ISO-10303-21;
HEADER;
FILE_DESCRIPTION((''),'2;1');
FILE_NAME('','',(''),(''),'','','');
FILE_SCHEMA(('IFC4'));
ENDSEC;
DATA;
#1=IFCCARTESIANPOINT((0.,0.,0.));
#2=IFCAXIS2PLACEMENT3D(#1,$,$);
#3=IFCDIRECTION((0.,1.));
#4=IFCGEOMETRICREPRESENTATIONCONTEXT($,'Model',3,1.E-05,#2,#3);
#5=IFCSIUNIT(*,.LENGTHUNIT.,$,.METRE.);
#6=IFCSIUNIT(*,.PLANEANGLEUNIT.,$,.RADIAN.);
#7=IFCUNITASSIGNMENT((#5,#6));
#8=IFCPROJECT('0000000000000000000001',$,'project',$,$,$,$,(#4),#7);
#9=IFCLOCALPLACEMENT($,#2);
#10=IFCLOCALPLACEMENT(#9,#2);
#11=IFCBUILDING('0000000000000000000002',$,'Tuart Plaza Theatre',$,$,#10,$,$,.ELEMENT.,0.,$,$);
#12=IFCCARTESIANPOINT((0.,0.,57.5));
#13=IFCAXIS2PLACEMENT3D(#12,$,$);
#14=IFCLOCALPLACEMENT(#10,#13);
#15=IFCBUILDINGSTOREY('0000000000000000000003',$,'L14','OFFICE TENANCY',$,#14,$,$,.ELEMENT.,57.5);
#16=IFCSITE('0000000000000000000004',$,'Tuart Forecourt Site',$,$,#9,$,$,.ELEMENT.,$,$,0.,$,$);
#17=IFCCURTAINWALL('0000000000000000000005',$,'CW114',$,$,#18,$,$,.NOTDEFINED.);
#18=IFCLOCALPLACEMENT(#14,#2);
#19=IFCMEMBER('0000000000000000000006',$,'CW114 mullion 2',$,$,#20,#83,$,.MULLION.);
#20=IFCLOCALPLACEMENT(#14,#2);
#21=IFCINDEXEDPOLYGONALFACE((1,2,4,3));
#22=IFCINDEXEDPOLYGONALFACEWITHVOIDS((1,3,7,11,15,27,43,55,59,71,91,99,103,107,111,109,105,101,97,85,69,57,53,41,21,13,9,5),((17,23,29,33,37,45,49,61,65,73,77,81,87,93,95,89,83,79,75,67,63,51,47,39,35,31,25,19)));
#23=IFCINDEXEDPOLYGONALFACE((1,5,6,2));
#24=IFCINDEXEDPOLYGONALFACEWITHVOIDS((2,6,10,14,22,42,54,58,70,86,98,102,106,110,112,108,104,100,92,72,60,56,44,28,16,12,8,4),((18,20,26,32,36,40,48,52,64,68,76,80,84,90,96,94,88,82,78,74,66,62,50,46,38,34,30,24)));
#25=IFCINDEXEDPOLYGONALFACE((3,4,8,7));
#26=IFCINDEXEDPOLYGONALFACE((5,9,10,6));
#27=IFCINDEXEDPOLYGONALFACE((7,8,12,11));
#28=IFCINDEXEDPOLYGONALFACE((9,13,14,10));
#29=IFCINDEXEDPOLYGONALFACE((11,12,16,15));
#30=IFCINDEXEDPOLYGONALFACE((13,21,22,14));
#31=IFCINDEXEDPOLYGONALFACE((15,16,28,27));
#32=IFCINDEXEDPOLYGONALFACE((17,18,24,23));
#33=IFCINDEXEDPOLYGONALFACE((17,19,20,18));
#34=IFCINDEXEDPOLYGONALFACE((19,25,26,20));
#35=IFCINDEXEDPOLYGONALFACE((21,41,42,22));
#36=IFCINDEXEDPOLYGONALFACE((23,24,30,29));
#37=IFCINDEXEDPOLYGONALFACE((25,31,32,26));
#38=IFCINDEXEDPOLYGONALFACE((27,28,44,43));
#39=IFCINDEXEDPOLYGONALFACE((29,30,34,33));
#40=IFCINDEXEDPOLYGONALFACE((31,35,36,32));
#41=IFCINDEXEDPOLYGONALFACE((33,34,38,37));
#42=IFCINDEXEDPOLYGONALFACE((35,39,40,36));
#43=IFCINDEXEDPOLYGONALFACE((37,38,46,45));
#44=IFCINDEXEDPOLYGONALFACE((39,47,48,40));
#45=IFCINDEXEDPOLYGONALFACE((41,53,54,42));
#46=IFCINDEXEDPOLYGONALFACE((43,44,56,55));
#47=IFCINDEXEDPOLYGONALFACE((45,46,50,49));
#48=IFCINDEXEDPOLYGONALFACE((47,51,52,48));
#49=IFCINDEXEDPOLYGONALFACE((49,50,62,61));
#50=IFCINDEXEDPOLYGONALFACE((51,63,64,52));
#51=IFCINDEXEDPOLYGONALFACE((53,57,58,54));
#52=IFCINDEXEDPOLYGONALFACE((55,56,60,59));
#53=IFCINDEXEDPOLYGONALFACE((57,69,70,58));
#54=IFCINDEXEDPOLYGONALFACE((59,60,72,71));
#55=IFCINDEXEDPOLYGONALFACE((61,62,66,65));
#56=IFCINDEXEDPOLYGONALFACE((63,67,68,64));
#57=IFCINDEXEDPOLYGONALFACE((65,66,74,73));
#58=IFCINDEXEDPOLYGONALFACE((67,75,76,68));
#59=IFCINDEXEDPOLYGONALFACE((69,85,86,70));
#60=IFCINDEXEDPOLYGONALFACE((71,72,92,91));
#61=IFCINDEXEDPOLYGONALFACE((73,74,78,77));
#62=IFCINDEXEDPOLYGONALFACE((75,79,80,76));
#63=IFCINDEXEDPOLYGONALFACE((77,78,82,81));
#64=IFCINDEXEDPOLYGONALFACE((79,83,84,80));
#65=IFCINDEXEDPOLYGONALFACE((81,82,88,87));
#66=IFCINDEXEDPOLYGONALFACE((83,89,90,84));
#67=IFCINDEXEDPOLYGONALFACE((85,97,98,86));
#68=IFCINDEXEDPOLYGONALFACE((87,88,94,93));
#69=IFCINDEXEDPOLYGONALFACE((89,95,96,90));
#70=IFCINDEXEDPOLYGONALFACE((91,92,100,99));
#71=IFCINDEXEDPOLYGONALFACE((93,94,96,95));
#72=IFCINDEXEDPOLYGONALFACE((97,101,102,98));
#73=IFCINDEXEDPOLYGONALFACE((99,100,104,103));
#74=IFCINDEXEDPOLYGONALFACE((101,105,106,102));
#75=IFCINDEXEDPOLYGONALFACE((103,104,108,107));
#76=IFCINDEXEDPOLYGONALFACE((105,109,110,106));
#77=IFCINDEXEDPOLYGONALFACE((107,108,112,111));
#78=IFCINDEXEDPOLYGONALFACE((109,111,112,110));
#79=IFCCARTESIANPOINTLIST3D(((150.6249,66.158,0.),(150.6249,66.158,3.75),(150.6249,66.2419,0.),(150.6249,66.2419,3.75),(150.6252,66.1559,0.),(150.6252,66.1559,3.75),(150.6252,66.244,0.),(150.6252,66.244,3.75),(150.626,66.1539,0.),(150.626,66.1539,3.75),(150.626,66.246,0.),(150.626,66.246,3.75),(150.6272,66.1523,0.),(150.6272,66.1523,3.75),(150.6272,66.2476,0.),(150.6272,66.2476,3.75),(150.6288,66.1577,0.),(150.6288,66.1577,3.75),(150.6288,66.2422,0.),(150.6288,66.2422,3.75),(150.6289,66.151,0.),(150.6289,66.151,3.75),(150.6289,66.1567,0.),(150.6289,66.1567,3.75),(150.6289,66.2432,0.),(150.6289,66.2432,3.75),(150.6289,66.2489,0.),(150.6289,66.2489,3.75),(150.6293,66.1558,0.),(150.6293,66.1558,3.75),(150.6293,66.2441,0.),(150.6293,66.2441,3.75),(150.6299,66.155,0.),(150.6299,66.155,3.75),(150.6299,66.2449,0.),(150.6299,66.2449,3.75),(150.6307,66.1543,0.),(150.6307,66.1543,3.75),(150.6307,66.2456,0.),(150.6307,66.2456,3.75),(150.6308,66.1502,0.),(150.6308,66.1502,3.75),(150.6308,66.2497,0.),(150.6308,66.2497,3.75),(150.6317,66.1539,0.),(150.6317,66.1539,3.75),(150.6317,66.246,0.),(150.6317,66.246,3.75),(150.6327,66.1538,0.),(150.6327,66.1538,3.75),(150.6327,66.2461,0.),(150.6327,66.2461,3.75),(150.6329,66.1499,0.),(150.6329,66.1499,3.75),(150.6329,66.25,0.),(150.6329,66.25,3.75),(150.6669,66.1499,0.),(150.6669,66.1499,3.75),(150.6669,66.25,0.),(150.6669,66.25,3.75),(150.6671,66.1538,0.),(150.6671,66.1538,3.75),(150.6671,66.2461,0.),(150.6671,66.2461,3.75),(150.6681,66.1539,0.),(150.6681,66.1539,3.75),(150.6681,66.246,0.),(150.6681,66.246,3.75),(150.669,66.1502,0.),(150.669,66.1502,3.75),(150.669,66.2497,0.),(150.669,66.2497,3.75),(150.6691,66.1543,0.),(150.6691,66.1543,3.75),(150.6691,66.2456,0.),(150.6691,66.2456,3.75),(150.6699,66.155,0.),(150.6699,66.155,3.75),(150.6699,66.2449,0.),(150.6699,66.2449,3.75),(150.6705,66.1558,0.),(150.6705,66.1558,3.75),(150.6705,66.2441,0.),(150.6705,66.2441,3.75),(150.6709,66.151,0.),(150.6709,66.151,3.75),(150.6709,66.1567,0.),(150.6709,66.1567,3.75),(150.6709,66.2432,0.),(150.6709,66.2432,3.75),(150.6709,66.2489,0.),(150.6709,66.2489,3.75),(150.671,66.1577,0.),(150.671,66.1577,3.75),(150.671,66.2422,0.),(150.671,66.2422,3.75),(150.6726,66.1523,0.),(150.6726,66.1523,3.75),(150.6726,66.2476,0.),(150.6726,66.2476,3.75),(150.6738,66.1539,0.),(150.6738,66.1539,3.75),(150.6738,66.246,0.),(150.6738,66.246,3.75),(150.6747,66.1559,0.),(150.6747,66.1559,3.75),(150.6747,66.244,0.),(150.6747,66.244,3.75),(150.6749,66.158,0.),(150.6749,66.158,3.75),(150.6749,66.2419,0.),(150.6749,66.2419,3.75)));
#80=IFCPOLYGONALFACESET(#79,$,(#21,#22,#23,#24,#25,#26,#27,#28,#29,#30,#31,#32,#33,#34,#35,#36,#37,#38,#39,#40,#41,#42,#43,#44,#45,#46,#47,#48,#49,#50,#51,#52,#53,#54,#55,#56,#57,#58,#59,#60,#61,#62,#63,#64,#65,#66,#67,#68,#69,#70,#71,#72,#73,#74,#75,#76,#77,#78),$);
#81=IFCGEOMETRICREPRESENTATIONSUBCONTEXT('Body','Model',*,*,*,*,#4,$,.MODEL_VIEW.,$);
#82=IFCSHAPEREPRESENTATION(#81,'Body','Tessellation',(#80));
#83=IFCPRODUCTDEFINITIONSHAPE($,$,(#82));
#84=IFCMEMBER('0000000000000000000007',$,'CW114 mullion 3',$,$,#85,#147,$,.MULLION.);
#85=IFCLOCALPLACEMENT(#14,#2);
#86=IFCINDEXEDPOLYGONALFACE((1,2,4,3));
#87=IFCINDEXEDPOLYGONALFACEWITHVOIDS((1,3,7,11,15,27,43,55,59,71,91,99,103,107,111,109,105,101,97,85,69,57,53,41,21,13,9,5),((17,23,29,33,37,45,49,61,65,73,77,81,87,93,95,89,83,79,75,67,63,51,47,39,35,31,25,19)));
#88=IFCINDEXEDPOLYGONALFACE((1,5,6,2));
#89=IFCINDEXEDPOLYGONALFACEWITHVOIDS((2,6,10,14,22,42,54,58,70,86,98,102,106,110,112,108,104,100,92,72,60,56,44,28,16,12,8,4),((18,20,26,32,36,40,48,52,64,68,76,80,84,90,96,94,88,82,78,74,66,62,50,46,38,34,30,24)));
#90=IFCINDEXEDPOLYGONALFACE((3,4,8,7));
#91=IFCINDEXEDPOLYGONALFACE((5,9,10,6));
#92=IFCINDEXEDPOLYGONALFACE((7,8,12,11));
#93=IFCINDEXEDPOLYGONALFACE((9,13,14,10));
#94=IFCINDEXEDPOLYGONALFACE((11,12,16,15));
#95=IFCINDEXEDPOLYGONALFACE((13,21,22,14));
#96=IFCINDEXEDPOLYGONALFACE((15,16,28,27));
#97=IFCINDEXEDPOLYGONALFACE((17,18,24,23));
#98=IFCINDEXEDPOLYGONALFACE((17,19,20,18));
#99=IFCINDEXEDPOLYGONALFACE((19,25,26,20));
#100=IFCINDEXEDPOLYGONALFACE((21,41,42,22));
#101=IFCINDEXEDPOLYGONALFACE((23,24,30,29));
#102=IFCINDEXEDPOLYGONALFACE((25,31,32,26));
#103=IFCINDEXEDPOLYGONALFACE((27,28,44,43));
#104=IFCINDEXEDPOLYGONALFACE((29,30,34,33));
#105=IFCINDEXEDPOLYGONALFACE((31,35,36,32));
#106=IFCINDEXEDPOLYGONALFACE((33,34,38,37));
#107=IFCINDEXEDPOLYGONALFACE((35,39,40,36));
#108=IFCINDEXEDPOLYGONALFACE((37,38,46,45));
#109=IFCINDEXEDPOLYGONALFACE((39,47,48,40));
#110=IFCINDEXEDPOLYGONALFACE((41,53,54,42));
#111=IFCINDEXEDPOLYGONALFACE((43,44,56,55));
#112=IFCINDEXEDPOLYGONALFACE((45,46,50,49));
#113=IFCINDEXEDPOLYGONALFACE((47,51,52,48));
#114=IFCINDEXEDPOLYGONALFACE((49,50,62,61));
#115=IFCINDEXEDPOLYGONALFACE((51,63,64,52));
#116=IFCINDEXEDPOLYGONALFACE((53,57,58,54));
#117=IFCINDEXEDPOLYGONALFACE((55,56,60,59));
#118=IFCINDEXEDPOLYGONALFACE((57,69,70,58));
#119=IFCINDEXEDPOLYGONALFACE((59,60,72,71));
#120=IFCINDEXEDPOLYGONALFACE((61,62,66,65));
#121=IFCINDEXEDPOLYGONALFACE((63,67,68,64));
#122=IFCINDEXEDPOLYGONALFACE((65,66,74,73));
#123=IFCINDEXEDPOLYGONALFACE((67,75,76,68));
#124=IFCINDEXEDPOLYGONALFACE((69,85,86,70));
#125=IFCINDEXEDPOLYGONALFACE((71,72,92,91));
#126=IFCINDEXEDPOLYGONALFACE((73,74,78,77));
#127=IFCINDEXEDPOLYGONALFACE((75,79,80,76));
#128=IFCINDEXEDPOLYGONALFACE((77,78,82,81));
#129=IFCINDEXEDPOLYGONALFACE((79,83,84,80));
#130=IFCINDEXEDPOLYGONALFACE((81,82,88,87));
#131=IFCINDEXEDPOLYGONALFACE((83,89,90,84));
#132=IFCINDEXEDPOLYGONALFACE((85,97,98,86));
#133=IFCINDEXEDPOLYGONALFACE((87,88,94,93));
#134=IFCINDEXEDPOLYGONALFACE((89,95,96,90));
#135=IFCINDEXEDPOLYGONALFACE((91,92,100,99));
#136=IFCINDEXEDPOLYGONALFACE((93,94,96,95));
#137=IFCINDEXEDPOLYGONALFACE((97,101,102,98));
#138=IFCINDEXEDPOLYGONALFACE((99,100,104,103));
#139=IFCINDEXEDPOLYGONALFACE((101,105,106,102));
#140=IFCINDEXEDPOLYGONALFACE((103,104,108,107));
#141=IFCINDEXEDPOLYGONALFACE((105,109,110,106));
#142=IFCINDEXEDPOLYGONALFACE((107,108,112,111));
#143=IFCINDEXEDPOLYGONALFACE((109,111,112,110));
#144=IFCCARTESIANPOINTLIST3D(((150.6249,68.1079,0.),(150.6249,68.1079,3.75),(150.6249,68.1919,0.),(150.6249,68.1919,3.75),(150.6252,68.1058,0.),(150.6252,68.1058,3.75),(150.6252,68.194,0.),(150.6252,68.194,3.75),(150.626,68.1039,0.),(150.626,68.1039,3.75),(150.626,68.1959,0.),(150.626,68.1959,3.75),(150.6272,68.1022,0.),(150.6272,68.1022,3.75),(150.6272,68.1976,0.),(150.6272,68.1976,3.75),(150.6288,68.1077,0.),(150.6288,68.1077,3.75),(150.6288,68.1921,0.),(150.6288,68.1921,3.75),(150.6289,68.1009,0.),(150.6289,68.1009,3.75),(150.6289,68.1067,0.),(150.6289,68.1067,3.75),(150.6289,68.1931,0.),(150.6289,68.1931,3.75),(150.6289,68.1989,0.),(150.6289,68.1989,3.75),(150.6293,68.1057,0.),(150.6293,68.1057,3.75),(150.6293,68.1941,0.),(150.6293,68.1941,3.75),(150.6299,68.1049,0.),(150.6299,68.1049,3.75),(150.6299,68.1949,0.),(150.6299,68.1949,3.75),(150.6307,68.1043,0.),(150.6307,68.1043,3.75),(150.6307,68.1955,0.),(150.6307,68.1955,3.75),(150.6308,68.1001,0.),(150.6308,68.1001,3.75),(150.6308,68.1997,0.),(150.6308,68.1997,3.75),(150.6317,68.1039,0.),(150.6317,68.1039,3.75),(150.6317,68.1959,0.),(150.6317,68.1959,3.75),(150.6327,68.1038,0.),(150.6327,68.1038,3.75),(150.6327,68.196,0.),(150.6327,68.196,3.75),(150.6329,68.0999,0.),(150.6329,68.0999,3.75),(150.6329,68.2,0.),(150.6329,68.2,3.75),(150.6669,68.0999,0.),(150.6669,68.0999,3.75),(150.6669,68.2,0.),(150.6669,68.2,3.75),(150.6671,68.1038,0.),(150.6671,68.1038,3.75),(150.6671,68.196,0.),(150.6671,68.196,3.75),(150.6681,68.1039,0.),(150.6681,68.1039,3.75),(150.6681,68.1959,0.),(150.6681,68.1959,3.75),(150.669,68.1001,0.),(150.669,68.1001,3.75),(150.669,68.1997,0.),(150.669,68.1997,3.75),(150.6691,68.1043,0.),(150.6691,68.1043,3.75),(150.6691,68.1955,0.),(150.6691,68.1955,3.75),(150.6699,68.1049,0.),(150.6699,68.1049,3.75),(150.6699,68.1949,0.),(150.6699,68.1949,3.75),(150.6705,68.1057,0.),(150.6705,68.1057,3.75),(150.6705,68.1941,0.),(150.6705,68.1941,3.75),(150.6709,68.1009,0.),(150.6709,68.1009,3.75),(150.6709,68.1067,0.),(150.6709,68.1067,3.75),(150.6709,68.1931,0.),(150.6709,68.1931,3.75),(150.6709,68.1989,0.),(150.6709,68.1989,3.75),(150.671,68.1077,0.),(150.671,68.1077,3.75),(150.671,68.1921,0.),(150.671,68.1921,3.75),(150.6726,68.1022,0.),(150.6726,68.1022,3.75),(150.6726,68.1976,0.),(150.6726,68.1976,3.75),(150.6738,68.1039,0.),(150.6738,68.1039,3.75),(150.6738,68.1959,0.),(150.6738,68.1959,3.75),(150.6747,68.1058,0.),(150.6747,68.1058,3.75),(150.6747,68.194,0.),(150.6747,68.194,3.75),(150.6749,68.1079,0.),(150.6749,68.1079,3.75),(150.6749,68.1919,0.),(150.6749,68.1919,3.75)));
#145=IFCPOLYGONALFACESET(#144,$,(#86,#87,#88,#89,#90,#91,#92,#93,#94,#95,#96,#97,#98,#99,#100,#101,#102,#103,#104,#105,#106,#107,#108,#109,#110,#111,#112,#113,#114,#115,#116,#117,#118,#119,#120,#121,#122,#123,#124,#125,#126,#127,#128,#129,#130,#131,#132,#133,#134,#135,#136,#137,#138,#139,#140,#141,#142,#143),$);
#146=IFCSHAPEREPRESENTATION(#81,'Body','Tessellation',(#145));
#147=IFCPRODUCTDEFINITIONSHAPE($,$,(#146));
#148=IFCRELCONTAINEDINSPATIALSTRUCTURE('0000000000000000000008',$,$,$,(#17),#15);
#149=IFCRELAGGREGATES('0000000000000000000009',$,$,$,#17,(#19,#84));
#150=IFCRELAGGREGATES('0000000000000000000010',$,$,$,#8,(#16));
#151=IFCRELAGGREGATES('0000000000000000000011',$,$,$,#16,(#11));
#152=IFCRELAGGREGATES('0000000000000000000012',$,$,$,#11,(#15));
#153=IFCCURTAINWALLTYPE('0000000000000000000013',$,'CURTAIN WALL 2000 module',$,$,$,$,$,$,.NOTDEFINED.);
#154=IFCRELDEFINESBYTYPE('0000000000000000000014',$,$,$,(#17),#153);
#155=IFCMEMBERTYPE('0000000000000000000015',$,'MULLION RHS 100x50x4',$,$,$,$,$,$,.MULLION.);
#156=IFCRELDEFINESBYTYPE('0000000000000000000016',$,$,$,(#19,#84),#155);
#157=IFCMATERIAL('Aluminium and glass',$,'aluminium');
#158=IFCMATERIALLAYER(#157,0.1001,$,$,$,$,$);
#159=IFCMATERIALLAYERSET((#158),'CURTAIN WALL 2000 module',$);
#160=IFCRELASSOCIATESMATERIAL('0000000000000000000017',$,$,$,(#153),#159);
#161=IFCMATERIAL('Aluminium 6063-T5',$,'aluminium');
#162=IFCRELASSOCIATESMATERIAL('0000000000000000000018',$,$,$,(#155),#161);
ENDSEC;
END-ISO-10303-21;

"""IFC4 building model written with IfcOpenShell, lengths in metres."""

from ifc_helpers import new_model, si_unit, direction, frame, origin, origin_2d, place, context, subcontext, project, spatial, hollow_rectangle, extrude, material, layer, layer_set, material_profile, profile_set, type_object, element, aggregate, save


model = new_model("IFC4")

# Units and contexts
model_context = context("Model", 3, precision=1e-05, world=origin(), true_north=direction((0.0, 1.0)))
body_context = subcontext(model_context, "Body", "Model", "MODEL_VIEW")
ifc_project = project(units=[si_unit("LENGTHUNIT", "METRE"), si_unit("PLANEANGLEUNIT", "RADIAN")], contexts=[model_context])

# Site, building, storey
site_placement = place(None, origin())
site = spatial("IfcSite", under=ifc_project, at=site_placement, Name="Tuart Forecourt Site", CompositionType="ELEMENT", RefElevation=0.0)
building_placement = place(site_placement, origin())
building = spatial("IfcBuilding", under=site, at=building_placement, Name="Tuart Plaza Theatre", CompositionType="ELEMENT", ElevationOfRefHeight=0.0)
storey_placement = place(building_placement, frame((0.0, 0.0, 57.5)))
storey = spatial("IfcBuildingStorey", under=building, at=storey_placement, Name="L14", Description="OFFICE TENANCY", CompositionType="ELEMENT", Elevation=57.5)

# Shared definitions
ifc_material_1 = material(Name="Aluminium and glass", Category="aluminium")
ifc_layer_1 = layer(ifc_material_1, 0.1001)
ifc_layer_set_1 = layer_set([ifc_layer_1], Name="CURTAIN WALL 2000 module")
curtain_wall_type = type_object("IfcCurtainWallType", Name="CURTAIN WALL 2000 module", PredefinedType="NOTDEFINED", material=ifc_layer_set_1)
ifc_material_2 = material(Name="Aluminium 6063-T5", Category="aluminium")
ifc_material_profile_1 = material_profile(ifc_material_2, hollow_rectangle(XDim=0.05, YDim=0.1001, WallThickness=0.0039, InnerFilletRadius=0.0039, OuterFilletRadius=0.0081, at=origin_2d()), Name="RHS 100x50x4")
ifc_profile_set_1 = profile_set([ifc_material_profile_1], Name="Aluminium 6063-T5")
member_type_1 = type_object("IfcMemberType", Name="MULLION RHS 100x50x4", PredefinedType="MULLION", material=ifc_profile_set_1)

# Curtain wall, members
curtain_wall_1_placement = place(storey_placement, origin())
curtain_wall_1 = element("IfcCurtainWall", 1, at=curtain_wall_1_placement, inside=storey, type_object=curtain_wall_type, Name="CW114", PredefinedType="NOTDEFINED")
member_1_placement = place(storey_placement, frame((150.6499, 66.2, 0.0), z_axis=(0.0, 0.0, 1.0), x_axis=(-1.0, 0.0, 0.0)))
member_1 = element("IfcMember", 2, at=member_1_placement, type_object=member_type_1, Name="CW114 mullion 2", PredefinedType="MULLION", context=body_context, shape_type="SweptSolid", body=[
    extrude(hollow_rectangle(XDim=0.05, YDim=0.1001, WallThickness=0.0039, InnerFilletRadius=0.0039, OuterFilletRadius=0.0081, at=origin_2d()), origin(), (0.0, 0.0, 1.0), 3.75),
])
member_2_placement = place(storey_placement, frame((150.6499, 68.1499, 0.0), z_axis=(0.0, 0.0, 1.0), x_axis=(-1.0, 0.0, 0.0)))
member_2 = element("IfcMember", 3, at=member_2_placement, type_object=member_type_1, Name="CW114 mullion 3", PredefinedType="MULLION", context=body_context, shape_type="SweptSolid", body=[
    extrude(hollow_rectangle(XDim=0.05, YDim=0.1001, WallThickness=0.0039, InnerFilletRadius=0.0039, OuterFilletRadius=0.0081, at=origin_2d()), origin(), (0.0, 0.0, 1.0), 3.75),
])

aggregate(curtain_wall_1, [member_1, member_2])

save(model, "model.ifc")
